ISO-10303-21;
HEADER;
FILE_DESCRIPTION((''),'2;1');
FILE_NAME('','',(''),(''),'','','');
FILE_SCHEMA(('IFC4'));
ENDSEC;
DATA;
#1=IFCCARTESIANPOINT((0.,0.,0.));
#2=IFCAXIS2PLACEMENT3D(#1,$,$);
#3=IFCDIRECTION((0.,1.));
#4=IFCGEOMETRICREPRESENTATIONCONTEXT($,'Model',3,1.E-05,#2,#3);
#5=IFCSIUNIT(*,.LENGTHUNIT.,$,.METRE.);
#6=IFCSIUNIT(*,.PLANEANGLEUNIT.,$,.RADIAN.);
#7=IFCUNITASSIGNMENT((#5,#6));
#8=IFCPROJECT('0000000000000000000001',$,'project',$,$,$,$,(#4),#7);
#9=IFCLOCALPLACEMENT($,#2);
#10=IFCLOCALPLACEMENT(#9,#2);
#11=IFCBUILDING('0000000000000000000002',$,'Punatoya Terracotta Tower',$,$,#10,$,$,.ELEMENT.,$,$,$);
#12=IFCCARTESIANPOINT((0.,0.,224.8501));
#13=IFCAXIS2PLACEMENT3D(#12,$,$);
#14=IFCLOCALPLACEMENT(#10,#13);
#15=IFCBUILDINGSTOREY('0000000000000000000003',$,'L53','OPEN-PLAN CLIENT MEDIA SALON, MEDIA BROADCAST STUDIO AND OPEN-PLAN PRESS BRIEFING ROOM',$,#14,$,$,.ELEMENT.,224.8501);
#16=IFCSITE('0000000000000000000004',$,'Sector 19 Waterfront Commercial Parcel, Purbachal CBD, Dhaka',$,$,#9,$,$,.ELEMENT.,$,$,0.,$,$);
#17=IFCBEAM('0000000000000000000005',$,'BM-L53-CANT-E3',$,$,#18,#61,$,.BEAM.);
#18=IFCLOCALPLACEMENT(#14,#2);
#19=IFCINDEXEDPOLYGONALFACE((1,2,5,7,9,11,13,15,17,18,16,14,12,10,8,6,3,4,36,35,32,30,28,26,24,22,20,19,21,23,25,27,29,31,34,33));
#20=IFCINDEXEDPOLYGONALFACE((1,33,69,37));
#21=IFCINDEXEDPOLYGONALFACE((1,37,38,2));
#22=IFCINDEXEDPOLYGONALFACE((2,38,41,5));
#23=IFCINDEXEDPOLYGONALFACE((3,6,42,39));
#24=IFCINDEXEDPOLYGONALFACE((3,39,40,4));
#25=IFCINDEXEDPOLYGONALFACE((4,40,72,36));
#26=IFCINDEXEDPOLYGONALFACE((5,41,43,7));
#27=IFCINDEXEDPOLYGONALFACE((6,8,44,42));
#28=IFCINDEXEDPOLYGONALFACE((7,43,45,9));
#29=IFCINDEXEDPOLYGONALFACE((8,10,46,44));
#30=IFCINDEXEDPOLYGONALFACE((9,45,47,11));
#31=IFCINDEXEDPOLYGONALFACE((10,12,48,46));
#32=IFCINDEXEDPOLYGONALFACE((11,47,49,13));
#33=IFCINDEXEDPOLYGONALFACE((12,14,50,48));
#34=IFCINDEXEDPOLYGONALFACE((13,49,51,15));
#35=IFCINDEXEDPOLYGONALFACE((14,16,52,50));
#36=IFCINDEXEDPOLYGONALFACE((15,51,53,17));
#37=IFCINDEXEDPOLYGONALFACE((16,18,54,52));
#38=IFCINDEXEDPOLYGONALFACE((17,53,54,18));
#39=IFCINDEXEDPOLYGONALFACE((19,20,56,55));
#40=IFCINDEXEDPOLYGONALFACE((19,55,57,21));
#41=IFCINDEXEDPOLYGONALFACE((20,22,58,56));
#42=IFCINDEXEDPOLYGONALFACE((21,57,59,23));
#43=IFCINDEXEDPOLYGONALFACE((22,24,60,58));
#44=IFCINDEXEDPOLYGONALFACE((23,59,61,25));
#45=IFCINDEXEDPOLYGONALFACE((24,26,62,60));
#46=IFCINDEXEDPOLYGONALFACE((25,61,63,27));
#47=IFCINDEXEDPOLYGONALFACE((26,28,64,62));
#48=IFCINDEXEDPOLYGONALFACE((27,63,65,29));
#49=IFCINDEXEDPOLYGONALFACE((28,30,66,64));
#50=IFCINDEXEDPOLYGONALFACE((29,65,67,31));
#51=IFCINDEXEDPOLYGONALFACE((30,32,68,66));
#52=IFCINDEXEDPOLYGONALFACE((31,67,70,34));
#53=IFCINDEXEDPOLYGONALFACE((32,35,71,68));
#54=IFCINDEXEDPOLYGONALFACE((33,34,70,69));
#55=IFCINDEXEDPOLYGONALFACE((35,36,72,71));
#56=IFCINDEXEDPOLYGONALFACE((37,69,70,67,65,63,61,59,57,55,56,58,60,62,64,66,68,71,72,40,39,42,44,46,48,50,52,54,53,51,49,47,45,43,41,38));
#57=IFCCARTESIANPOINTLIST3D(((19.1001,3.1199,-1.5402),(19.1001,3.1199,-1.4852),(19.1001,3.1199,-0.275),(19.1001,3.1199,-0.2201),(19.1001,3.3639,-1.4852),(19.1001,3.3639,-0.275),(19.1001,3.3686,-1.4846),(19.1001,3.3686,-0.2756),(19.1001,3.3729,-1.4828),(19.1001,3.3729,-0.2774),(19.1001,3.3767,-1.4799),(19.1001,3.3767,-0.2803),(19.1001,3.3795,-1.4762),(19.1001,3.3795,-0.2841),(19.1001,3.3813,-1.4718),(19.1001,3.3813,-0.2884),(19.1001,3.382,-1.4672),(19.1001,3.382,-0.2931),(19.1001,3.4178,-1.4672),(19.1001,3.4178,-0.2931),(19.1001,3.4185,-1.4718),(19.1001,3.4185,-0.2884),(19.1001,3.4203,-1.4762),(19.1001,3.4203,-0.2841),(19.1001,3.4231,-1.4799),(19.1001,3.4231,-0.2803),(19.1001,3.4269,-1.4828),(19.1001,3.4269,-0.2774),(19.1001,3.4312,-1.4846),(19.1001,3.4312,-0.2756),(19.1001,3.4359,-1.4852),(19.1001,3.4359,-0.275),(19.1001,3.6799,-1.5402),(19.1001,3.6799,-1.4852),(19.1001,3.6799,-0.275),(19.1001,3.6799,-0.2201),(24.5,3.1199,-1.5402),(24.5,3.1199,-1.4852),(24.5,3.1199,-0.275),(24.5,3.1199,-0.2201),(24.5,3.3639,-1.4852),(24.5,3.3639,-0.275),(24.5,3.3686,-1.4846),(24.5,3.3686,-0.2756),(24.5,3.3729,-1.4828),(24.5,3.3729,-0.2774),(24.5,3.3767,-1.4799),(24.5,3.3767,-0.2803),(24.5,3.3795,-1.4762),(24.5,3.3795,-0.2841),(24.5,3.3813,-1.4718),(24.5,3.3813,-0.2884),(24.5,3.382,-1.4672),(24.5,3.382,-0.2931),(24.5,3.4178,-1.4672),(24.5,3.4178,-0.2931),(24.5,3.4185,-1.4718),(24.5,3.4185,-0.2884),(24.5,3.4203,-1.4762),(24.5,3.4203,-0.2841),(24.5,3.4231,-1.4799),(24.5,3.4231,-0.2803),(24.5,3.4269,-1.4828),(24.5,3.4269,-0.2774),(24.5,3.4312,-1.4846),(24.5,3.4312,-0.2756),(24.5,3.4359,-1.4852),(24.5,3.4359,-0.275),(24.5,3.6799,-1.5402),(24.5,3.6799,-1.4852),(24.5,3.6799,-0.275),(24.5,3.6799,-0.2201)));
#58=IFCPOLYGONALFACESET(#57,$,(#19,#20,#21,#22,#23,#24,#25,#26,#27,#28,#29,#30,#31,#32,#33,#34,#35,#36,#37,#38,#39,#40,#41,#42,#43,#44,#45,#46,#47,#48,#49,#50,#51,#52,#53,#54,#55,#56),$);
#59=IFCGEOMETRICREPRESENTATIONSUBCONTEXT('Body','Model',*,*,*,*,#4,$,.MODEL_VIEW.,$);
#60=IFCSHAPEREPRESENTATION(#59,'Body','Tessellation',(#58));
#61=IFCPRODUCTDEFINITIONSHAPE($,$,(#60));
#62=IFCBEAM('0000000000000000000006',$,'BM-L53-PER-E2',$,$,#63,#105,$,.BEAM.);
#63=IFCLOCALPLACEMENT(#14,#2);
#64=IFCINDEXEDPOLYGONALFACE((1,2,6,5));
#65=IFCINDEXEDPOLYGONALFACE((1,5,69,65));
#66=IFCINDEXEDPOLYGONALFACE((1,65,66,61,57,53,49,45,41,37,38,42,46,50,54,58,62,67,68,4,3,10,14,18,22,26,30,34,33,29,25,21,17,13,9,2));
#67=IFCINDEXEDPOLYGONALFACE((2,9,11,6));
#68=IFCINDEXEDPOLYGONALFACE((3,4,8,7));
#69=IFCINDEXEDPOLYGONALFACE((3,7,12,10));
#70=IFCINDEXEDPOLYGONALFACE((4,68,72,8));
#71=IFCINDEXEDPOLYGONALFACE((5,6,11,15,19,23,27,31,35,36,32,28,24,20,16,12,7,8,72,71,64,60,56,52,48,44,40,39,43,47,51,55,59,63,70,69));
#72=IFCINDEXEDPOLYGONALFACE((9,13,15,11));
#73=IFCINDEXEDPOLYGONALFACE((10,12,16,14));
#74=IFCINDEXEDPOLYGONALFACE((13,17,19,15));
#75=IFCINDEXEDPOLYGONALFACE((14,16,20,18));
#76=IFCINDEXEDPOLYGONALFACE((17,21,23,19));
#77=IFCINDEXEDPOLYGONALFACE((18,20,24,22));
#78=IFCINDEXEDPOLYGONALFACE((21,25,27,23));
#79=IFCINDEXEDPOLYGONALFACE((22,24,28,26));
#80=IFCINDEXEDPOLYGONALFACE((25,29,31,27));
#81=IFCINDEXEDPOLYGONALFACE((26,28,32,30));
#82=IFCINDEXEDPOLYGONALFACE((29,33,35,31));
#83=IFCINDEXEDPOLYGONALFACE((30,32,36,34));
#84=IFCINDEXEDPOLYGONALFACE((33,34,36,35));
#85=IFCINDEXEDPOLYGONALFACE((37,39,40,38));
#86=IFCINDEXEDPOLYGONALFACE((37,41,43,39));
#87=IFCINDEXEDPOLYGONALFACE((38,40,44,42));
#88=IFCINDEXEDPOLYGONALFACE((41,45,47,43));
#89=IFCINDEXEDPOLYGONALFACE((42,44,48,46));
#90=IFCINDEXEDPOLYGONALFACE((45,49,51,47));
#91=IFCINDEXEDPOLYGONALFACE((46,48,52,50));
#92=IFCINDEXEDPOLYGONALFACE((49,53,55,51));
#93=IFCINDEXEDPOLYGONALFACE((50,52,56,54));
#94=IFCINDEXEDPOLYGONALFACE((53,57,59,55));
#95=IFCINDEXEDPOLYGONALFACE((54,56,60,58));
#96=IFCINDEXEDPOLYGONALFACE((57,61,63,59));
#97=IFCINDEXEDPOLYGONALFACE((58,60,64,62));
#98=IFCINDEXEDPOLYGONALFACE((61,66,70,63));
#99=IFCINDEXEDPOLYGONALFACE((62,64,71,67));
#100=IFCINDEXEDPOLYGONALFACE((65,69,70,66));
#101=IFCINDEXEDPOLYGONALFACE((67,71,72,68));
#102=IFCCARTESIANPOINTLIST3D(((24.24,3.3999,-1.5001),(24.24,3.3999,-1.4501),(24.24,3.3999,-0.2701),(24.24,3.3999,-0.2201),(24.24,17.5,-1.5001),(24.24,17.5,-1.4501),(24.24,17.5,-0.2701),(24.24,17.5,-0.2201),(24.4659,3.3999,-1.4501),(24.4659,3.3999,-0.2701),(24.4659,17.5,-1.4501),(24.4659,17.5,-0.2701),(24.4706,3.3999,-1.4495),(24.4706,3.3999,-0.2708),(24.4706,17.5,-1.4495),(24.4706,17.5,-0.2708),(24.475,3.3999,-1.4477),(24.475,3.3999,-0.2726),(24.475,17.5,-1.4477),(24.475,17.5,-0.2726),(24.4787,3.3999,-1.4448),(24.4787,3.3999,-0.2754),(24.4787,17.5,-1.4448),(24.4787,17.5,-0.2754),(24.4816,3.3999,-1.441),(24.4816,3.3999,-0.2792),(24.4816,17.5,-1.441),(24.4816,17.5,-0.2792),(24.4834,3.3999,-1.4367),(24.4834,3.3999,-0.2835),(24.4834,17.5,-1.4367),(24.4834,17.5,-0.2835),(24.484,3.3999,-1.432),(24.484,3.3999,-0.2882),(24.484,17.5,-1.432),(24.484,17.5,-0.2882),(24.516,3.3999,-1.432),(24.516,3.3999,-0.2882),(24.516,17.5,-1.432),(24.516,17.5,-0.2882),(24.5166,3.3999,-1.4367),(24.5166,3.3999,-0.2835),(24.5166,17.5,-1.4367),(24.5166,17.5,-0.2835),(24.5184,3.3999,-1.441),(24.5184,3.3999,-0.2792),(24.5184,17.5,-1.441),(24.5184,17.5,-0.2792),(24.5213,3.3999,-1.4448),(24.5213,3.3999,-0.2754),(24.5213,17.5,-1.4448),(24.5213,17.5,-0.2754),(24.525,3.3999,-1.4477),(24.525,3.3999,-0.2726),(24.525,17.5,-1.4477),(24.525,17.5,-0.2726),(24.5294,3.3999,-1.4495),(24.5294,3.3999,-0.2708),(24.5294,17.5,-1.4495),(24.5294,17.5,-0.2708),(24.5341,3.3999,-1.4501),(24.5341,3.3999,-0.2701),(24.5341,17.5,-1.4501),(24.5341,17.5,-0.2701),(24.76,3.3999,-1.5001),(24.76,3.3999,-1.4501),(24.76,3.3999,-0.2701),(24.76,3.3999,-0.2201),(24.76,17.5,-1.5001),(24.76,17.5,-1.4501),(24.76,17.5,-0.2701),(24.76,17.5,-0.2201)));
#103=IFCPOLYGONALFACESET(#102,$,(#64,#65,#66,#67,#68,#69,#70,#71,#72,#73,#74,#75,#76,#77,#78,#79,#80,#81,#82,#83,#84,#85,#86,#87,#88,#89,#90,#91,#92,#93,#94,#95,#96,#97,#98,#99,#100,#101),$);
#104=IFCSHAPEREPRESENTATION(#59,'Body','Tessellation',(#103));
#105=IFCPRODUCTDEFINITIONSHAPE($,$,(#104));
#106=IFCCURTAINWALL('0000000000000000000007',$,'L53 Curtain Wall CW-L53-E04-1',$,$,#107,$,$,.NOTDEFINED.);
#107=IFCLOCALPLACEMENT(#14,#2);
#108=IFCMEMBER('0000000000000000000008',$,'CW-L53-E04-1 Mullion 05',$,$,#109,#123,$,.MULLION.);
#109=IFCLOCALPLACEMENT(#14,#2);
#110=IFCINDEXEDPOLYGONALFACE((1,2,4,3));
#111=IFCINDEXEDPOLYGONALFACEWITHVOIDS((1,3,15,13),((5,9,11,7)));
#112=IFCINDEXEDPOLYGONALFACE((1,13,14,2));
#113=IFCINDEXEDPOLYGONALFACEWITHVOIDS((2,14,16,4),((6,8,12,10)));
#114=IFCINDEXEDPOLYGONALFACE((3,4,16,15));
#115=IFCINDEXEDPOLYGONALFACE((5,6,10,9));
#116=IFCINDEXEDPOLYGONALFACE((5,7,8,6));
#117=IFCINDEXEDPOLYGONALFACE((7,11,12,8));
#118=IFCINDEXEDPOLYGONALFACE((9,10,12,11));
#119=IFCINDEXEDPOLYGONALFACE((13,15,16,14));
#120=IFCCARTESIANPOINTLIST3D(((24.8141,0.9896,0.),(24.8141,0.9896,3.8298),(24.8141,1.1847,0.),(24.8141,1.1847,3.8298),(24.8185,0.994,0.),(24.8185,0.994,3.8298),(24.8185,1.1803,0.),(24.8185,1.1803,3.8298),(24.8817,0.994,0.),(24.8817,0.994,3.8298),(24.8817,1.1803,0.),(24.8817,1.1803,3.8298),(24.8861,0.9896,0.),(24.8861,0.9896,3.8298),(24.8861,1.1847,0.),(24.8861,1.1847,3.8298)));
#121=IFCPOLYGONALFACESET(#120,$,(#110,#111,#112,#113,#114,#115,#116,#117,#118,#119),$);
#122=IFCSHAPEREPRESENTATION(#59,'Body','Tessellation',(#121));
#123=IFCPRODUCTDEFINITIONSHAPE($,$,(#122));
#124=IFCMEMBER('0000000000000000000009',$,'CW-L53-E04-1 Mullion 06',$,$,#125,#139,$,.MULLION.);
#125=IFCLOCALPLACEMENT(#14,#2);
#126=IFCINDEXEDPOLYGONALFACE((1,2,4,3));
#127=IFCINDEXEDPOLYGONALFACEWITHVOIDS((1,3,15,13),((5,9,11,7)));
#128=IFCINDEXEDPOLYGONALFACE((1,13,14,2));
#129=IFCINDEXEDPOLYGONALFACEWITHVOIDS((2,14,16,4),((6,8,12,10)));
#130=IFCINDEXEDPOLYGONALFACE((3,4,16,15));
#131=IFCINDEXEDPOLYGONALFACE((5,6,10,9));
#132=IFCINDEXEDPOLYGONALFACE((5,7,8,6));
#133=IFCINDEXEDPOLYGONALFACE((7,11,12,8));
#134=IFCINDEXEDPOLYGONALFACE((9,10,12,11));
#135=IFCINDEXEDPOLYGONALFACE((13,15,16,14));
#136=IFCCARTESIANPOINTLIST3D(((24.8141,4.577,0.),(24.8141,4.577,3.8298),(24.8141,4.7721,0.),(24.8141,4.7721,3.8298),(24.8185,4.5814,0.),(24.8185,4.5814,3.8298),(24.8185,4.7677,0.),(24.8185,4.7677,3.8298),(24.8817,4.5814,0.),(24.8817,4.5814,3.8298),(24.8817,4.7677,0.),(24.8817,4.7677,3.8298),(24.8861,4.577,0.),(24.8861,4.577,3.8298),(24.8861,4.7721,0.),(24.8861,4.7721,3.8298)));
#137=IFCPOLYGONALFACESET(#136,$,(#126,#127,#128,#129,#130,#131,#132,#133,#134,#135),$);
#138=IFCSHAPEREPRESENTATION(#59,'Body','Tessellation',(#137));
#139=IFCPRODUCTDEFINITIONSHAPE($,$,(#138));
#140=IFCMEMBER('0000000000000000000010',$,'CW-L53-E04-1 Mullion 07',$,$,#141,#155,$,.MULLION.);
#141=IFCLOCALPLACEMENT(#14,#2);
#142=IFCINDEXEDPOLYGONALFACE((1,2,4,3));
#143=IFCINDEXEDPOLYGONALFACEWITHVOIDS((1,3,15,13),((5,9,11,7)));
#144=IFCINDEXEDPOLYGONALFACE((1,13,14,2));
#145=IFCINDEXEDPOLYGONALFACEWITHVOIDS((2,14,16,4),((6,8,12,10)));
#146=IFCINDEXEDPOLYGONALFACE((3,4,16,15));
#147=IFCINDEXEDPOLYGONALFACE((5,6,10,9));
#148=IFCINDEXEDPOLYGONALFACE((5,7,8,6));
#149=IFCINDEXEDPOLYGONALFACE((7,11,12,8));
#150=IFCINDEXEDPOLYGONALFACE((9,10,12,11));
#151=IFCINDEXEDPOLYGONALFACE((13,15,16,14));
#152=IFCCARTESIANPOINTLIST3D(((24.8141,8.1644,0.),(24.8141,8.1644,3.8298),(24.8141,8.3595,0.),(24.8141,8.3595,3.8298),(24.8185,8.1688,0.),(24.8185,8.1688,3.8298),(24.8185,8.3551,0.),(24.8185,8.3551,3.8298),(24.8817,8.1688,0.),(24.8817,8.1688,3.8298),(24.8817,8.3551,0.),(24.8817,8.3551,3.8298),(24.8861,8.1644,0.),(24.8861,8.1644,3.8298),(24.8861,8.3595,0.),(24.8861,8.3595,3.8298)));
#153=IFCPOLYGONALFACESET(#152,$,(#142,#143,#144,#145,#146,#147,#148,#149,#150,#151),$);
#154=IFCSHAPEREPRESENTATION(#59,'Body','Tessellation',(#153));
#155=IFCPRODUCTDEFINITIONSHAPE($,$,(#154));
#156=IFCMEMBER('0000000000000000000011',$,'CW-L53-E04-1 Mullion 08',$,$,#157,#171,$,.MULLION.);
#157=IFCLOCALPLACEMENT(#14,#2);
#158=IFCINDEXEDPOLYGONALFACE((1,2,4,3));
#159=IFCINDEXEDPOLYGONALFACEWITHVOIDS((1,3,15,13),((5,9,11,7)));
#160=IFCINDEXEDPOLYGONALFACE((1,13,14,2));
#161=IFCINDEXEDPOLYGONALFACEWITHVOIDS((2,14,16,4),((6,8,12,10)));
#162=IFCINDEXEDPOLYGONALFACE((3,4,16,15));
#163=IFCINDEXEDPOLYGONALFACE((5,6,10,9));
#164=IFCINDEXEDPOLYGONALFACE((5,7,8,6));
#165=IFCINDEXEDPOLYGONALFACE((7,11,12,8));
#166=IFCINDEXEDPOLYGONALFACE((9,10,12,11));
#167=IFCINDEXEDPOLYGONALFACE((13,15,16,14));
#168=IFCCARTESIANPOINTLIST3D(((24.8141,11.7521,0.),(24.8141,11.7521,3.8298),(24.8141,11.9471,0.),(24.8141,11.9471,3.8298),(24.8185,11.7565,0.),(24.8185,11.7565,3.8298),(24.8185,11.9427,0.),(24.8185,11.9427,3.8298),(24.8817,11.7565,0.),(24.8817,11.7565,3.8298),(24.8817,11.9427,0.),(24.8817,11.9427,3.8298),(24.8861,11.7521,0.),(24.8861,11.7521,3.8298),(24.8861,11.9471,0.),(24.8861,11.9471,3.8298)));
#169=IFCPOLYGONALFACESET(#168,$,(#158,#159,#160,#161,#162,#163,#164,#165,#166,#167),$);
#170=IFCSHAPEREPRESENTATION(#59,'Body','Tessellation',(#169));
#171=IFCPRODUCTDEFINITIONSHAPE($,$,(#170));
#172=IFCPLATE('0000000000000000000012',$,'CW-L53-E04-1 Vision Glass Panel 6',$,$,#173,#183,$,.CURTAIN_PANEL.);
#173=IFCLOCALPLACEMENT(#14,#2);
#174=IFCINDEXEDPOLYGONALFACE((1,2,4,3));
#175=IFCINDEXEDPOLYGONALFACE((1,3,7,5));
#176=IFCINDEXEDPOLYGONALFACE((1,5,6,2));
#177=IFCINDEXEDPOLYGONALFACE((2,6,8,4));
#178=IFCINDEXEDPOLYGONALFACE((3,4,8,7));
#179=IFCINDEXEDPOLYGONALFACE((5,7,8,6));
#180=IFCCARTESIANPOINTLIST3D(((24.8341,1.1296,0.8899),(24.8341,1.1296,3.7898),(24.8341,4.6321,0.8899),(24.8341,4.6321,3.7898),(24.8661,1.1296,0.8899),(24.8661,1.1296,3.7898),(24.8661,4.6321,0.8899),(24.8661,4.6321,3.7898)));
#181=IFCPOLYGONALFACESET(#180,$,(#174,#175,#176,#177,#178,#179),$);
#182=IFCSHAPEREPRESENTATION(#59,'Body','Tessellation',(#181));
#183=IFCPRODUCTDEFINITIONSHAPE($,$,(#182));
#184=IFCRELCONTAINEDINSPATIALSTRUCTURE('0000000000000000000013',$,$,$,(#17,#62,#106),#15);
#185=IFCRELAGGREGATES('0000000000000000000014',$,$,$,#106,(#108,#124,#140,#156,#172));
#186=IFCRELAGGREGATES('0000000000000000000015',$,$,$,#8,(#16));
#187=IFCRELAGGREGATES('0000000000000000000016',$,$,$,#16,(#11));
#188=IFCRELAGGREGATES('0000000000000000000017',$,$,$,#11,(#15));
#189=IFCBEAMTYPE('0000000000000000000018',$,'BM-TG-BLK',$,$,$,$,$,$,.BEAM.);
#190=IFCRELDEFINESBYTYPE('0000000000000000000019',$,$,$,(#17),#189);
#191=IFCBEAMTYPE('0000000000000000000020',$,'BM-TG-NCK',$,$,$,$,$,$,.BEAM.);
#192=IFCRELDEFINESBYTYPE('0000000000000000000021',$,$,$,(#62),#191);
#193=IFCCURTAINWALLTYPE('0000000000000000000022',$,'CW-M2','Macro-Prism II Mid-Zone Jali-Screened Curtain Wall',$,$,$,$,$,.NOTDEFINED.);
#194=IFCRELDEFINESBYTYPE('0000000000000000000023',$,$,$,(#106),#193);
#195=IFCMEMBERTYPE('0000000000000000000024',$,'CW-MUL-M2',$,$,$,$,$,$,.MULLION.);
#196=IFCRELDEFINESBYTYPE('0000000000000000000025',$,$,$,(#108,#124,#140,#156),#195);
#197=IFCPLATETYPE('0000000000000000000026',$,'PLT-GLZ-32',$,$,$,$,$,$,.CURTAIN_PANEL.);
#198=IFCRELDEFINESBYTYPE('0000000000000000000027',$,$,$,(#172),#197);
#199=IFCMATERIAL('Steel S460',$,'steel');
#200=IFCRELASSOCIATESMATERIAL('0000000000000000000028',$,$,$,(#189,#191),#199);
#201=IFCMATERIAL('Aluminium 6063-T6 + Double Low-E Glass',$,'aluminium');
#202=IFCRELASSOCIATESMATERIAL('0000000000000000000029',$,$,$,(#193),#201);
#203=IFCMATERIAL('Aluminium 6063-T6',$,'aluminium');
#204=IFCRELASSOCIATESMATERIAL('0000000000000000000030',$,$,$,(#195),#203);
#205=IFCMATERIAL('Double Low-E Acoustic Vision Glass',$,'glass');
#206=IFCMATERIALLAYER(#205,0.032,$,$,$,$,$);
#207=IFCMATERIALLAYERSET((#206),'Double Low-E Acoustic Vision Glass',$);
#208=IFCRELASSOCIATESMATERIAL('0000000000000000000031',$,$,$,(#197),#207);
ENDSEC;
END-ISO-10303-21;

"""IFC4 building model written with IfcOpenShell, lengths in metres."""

from ifc_helpers import new_model, si_unit, direction, frame, origin, origin_2d, place, context, subcontext, project, spatial, rectangle, hollow_rectangle, i_section, extrude, material, layer, layer_set, material_profile, profile_set, type_object, element, aggregate, save


model = new_model("IFC4")

# Units and contexts
model_context = context("Model", 3, precision=1e-05, world=origin(), true_north=direction((0.0, 1.0)))
body_context = subcontext(model_context, "Body", "Model", "MODEL_VIEW")
ifc_project = project(units=[si_unit("LENGTHUNIT", "METRE"), si_unit("PLANEANGLEUNIT", "RADIAN")], contexts=[model_context])

# Site, building, storey
site_placement = place(None, origin())
site = spatial("IfcSite", under=ifc_project, at=site_placement, Name="Sector 19 Waterfront Commercial Parcel, Purbachal CBD, Dhaka", CompositionType="ELEMENT", RefElevation=0.0)
building_placement = place(site_placement, origin())
building = spatial("IfcBuilding", under=site, at=building_placement, Name="Punatoya Terracotta Tower", CompositionType="ELEMENT")
storey_placement = place(building_placement, frame((0.0, 0.0, 224.8501)))
storey = spatial("IfcBuildingStorey", under=building, at=storey_placement, Name="L53", Description="OPEN-PLAN CLIENT MEDIA SALON, MEDIA BROADCAST STUDIO AND OPEN-PLAN PRESS BRIEFING ROOM", CompositionType="ELEMENT", Elevation=224.8501)

# Shared definitions
ifc_material_1 = material(Name="Steel S460", Category="steel")

# Beams
ifc_material_profile_1 = material_profile(ifc_material_1, i_section(OverallWidth=0.5601, OverallDepth=1.3201, WebThickness=0.0359, FlangeThickness=0.0549, FilletRadius=0.0181, at=origin_2d()))
ifc_profile_set_1 = profile_set([ifc_material_profile_1], Name="Steel S460")
beam_type_1 = type_object("IfcBeamType", Name="BM-TG-BLK", PredefinedType="BEAM", material=ifc_profile_set_1)
beam_1_placement = place(storey_placement, frame((19.1001, 3.3999, -0.8801), z_axis=(1.0, 0.0, 0.0), x_axis=(0.0, 1.0, 0.0)))
element("IfcBeam", 1, at=beam_1_placement, inside=storey, type_object=beam_type_1, Name="BM-L53-CANT-E3", PredefinedType="BEAM", context=body_context, shape_type="SweptSolid", body=[
    extrude(i_section(OverallWidth=0.5601, OverallDepth=1.3201, WebThickness=0.0359, FlangeThickness=0.0549, FilletRadius=0.0181, at=origin_2d()), origin(), (0.0, 0.0, 1.0), 5.3999),
])
ifc_material_profile_2 = material_profile(ifc_material_1, i_section(OverallWidth=0.52, OverallDepth=1.28, WebThickness=0.032, FlangeThickness=0.05, FilletRadius=0.0181, at=origin_2d()))
ifc_profile_set_2 = profile_set([ifc_material_profile_2], Name="Steel S460")
beam_type_2 = type_object("IfcBeamType", Name="BM-TG-NCK", PredefinedType="BEAM", material=ifc_profile_set_2)
beam_2_placement = place(storey_placement, frame((24.5, 3.3999, -0.8601), z_axis=(0.0, 1.0, 0.0), x_axis=(-1.0, 0.0, 0.0)))
element("IfcBeam", 2, at=beam_2_placement, inside=storey, type_object=beam_type_2, Name="BM-L53-PER-E2", PredefinedType="BEAM", context=body_context, shape_type="SweptSolid", body=[
    extrude(i_section(OverallWidth=0.52, OverallDepth=1.28, WebThickness=0.032, FlangeThickness=0.05, FilletRadius=0.0181, at=origin_2d()), origin(), (0.0, 0.0, 1.0), 14.1001),
])

# Curtain wall, members, plate
ifc_material_2 = material(Name="Aluminium 6063-T6 + Double Low-E Glass", Category="aluminium")
curtain_wall_type = type_object("IfcCurtainWallType", Name="CW-M2", Description="Macro-Prism II Mid-Zone Jali-Screened Curtain Wall", PredefinedType="NOTDEFINED", material=ifc_material_2)
curtain_wall_placement = place(storey_placement, origin())
curtain_wall = element("IfcCurtainWall", 3, at=curtain_wall_placement, inside=storey, type_object=curtain_wall_type, Name="L53 Curtain Wall CW-L53-E04-1", PredefinedType="NOTDEFINED")
ifc_material_3 = material(Name="Aluminium 6063-T6", Category="aluminium")
ifc_material_profile_3 = material_profile(ifc_material_3, hollow_rectangle(XDim=0.072, YDim=0.1951, WallThickness=0.0044, at=origin_2d()))
ifc_profile_set_3 = profile_set([ifc_material_profile_3], Name="Aluminium 6063-T6")
member_type = type_object("IfcMemberType", Name="CW-MUL-M2", PredefinedType="MULLION", material=ifc_profile_set_3)
member_1_placement = place(storey_placement, frame((24.8501, 1.0872, 0.0), z_axis=(0.0, 0.0, 1.0), x_axis=(1.0, 0.0, 0.0)))
member_1 = element("IfcMember", 4, at=member_1_placement, type_object=member_type, Name="CW-L53-E04-1 Mullion 05", PredefinedType="MULLION", context=body_context, shape_type="SweptSolid", body=[
    extrude(hollow_rectangle(XDim=0.072, YDim=0.1951, WallThickness=0.0044, at=origin_2d()), origin(), (0.0, 0.0, 1.0), 3.8298),
])
member_2_placement = place(storey_placement, frame((24.8501, 4.6746, 0.0), z_axis=(0.0, 0.0, 1.0), x_axis=(1.0, 0.0, 0.0)))
member_2 = element("IfcMember", 5, at=member_2_placement, type_object=member_type, Name="CW-L53-E04-1 Mullion 06", PredefinedType="MULLION", context=body_context, shape_type="SweptSolid", body=[
    extrude(hollow_rectangle(XDim=0.072, YDim=0.1951, WallThickness=0.0044, at=origin_2d()), origin(), (0.0, 0.0, 1.0), 3.8298),
])
member_3_placement = place(storey_placement, frame((24.8501, 8.262, 0.0), z_axis=(0.0, 0.0, 1.0), x_axis=(1.0, 0.0, 0.0)))
member_3 = element("IfcMember", 6, at=member_3_placement, type_object=member_type, Name="CW-L53-E04-1 Mullion 07", PredefinedType="MULLION", context=body_context, shape_type="SweptSolid", body=[
    extrude(hollow_rectangle(XDim=0.072, YDim=0.1951, WallThickness=0.0044, at=origin_2d()), origin(), (0.0, 0.0, 1.0), 3.8298),
])
member_4_placement = place(storey_placement, frame((24.8501, 11.8496, 0.0), z_axis=(0.0, 0.0, 1.0), x_axis=(1.0, 0.0, 0.0)))
member_4 = element("IfcMember", 7, at=member_4_placement, type_object=member_type, Name="CW-L53-E04-1 Mullion 08", PredefinedType="MULLION", context=body_context, shape_type="SweptSolid", body=[
    extrude(hollow_rectangle(XDim=0.072, YDim=0.1951, WallThickness=0.0044, at=origin_2d()), origin(), (0.0, 0.0, 1.0), 3.8298),
])
ifc_material_4 = material(Name="Double Low-E Acoustic Vision Glass", Category="glass")
ifc_layer_1 = layer(ifc_material_4, 0.032)
ifc_layer_set_1 = layer_set([ifc_layer_1], Name="Double Low-E Acoustic Vision Glass")
plate_type_1 = type_object("IfcPlateType", Name="PLT-GLZ-32", PredefinedType="CURTAIN_PANEL", material=ifc_layer_set_1)
plate_1_placement = place(storey_placement, frame((24.8501, 2.8809, 0.8899), z_axis=(0.0, 0.0, 1.0), x_axis=(0.0, 1.0, 0.0)))
plate_1 = element("IfcPlate", 8, at=plate_1_placement, type_object=plate_type_1, Name="CW-L53-E04-1 Vision Glass Panel 6", PredefinedType="CURTAIN_PANEL", context=body_context, shape_type="SweptSolid", body=[
    extrude(rectangle(XDim=3.5024, YDim=0.032, at=origin_2d()), origin(), (0.0, 0.0, 1.0), 2.8999),
])
aggregate(curtain_wall, [member_1, member_2, member_3, member_4, plate_1])

save(model, "model.ifc")
